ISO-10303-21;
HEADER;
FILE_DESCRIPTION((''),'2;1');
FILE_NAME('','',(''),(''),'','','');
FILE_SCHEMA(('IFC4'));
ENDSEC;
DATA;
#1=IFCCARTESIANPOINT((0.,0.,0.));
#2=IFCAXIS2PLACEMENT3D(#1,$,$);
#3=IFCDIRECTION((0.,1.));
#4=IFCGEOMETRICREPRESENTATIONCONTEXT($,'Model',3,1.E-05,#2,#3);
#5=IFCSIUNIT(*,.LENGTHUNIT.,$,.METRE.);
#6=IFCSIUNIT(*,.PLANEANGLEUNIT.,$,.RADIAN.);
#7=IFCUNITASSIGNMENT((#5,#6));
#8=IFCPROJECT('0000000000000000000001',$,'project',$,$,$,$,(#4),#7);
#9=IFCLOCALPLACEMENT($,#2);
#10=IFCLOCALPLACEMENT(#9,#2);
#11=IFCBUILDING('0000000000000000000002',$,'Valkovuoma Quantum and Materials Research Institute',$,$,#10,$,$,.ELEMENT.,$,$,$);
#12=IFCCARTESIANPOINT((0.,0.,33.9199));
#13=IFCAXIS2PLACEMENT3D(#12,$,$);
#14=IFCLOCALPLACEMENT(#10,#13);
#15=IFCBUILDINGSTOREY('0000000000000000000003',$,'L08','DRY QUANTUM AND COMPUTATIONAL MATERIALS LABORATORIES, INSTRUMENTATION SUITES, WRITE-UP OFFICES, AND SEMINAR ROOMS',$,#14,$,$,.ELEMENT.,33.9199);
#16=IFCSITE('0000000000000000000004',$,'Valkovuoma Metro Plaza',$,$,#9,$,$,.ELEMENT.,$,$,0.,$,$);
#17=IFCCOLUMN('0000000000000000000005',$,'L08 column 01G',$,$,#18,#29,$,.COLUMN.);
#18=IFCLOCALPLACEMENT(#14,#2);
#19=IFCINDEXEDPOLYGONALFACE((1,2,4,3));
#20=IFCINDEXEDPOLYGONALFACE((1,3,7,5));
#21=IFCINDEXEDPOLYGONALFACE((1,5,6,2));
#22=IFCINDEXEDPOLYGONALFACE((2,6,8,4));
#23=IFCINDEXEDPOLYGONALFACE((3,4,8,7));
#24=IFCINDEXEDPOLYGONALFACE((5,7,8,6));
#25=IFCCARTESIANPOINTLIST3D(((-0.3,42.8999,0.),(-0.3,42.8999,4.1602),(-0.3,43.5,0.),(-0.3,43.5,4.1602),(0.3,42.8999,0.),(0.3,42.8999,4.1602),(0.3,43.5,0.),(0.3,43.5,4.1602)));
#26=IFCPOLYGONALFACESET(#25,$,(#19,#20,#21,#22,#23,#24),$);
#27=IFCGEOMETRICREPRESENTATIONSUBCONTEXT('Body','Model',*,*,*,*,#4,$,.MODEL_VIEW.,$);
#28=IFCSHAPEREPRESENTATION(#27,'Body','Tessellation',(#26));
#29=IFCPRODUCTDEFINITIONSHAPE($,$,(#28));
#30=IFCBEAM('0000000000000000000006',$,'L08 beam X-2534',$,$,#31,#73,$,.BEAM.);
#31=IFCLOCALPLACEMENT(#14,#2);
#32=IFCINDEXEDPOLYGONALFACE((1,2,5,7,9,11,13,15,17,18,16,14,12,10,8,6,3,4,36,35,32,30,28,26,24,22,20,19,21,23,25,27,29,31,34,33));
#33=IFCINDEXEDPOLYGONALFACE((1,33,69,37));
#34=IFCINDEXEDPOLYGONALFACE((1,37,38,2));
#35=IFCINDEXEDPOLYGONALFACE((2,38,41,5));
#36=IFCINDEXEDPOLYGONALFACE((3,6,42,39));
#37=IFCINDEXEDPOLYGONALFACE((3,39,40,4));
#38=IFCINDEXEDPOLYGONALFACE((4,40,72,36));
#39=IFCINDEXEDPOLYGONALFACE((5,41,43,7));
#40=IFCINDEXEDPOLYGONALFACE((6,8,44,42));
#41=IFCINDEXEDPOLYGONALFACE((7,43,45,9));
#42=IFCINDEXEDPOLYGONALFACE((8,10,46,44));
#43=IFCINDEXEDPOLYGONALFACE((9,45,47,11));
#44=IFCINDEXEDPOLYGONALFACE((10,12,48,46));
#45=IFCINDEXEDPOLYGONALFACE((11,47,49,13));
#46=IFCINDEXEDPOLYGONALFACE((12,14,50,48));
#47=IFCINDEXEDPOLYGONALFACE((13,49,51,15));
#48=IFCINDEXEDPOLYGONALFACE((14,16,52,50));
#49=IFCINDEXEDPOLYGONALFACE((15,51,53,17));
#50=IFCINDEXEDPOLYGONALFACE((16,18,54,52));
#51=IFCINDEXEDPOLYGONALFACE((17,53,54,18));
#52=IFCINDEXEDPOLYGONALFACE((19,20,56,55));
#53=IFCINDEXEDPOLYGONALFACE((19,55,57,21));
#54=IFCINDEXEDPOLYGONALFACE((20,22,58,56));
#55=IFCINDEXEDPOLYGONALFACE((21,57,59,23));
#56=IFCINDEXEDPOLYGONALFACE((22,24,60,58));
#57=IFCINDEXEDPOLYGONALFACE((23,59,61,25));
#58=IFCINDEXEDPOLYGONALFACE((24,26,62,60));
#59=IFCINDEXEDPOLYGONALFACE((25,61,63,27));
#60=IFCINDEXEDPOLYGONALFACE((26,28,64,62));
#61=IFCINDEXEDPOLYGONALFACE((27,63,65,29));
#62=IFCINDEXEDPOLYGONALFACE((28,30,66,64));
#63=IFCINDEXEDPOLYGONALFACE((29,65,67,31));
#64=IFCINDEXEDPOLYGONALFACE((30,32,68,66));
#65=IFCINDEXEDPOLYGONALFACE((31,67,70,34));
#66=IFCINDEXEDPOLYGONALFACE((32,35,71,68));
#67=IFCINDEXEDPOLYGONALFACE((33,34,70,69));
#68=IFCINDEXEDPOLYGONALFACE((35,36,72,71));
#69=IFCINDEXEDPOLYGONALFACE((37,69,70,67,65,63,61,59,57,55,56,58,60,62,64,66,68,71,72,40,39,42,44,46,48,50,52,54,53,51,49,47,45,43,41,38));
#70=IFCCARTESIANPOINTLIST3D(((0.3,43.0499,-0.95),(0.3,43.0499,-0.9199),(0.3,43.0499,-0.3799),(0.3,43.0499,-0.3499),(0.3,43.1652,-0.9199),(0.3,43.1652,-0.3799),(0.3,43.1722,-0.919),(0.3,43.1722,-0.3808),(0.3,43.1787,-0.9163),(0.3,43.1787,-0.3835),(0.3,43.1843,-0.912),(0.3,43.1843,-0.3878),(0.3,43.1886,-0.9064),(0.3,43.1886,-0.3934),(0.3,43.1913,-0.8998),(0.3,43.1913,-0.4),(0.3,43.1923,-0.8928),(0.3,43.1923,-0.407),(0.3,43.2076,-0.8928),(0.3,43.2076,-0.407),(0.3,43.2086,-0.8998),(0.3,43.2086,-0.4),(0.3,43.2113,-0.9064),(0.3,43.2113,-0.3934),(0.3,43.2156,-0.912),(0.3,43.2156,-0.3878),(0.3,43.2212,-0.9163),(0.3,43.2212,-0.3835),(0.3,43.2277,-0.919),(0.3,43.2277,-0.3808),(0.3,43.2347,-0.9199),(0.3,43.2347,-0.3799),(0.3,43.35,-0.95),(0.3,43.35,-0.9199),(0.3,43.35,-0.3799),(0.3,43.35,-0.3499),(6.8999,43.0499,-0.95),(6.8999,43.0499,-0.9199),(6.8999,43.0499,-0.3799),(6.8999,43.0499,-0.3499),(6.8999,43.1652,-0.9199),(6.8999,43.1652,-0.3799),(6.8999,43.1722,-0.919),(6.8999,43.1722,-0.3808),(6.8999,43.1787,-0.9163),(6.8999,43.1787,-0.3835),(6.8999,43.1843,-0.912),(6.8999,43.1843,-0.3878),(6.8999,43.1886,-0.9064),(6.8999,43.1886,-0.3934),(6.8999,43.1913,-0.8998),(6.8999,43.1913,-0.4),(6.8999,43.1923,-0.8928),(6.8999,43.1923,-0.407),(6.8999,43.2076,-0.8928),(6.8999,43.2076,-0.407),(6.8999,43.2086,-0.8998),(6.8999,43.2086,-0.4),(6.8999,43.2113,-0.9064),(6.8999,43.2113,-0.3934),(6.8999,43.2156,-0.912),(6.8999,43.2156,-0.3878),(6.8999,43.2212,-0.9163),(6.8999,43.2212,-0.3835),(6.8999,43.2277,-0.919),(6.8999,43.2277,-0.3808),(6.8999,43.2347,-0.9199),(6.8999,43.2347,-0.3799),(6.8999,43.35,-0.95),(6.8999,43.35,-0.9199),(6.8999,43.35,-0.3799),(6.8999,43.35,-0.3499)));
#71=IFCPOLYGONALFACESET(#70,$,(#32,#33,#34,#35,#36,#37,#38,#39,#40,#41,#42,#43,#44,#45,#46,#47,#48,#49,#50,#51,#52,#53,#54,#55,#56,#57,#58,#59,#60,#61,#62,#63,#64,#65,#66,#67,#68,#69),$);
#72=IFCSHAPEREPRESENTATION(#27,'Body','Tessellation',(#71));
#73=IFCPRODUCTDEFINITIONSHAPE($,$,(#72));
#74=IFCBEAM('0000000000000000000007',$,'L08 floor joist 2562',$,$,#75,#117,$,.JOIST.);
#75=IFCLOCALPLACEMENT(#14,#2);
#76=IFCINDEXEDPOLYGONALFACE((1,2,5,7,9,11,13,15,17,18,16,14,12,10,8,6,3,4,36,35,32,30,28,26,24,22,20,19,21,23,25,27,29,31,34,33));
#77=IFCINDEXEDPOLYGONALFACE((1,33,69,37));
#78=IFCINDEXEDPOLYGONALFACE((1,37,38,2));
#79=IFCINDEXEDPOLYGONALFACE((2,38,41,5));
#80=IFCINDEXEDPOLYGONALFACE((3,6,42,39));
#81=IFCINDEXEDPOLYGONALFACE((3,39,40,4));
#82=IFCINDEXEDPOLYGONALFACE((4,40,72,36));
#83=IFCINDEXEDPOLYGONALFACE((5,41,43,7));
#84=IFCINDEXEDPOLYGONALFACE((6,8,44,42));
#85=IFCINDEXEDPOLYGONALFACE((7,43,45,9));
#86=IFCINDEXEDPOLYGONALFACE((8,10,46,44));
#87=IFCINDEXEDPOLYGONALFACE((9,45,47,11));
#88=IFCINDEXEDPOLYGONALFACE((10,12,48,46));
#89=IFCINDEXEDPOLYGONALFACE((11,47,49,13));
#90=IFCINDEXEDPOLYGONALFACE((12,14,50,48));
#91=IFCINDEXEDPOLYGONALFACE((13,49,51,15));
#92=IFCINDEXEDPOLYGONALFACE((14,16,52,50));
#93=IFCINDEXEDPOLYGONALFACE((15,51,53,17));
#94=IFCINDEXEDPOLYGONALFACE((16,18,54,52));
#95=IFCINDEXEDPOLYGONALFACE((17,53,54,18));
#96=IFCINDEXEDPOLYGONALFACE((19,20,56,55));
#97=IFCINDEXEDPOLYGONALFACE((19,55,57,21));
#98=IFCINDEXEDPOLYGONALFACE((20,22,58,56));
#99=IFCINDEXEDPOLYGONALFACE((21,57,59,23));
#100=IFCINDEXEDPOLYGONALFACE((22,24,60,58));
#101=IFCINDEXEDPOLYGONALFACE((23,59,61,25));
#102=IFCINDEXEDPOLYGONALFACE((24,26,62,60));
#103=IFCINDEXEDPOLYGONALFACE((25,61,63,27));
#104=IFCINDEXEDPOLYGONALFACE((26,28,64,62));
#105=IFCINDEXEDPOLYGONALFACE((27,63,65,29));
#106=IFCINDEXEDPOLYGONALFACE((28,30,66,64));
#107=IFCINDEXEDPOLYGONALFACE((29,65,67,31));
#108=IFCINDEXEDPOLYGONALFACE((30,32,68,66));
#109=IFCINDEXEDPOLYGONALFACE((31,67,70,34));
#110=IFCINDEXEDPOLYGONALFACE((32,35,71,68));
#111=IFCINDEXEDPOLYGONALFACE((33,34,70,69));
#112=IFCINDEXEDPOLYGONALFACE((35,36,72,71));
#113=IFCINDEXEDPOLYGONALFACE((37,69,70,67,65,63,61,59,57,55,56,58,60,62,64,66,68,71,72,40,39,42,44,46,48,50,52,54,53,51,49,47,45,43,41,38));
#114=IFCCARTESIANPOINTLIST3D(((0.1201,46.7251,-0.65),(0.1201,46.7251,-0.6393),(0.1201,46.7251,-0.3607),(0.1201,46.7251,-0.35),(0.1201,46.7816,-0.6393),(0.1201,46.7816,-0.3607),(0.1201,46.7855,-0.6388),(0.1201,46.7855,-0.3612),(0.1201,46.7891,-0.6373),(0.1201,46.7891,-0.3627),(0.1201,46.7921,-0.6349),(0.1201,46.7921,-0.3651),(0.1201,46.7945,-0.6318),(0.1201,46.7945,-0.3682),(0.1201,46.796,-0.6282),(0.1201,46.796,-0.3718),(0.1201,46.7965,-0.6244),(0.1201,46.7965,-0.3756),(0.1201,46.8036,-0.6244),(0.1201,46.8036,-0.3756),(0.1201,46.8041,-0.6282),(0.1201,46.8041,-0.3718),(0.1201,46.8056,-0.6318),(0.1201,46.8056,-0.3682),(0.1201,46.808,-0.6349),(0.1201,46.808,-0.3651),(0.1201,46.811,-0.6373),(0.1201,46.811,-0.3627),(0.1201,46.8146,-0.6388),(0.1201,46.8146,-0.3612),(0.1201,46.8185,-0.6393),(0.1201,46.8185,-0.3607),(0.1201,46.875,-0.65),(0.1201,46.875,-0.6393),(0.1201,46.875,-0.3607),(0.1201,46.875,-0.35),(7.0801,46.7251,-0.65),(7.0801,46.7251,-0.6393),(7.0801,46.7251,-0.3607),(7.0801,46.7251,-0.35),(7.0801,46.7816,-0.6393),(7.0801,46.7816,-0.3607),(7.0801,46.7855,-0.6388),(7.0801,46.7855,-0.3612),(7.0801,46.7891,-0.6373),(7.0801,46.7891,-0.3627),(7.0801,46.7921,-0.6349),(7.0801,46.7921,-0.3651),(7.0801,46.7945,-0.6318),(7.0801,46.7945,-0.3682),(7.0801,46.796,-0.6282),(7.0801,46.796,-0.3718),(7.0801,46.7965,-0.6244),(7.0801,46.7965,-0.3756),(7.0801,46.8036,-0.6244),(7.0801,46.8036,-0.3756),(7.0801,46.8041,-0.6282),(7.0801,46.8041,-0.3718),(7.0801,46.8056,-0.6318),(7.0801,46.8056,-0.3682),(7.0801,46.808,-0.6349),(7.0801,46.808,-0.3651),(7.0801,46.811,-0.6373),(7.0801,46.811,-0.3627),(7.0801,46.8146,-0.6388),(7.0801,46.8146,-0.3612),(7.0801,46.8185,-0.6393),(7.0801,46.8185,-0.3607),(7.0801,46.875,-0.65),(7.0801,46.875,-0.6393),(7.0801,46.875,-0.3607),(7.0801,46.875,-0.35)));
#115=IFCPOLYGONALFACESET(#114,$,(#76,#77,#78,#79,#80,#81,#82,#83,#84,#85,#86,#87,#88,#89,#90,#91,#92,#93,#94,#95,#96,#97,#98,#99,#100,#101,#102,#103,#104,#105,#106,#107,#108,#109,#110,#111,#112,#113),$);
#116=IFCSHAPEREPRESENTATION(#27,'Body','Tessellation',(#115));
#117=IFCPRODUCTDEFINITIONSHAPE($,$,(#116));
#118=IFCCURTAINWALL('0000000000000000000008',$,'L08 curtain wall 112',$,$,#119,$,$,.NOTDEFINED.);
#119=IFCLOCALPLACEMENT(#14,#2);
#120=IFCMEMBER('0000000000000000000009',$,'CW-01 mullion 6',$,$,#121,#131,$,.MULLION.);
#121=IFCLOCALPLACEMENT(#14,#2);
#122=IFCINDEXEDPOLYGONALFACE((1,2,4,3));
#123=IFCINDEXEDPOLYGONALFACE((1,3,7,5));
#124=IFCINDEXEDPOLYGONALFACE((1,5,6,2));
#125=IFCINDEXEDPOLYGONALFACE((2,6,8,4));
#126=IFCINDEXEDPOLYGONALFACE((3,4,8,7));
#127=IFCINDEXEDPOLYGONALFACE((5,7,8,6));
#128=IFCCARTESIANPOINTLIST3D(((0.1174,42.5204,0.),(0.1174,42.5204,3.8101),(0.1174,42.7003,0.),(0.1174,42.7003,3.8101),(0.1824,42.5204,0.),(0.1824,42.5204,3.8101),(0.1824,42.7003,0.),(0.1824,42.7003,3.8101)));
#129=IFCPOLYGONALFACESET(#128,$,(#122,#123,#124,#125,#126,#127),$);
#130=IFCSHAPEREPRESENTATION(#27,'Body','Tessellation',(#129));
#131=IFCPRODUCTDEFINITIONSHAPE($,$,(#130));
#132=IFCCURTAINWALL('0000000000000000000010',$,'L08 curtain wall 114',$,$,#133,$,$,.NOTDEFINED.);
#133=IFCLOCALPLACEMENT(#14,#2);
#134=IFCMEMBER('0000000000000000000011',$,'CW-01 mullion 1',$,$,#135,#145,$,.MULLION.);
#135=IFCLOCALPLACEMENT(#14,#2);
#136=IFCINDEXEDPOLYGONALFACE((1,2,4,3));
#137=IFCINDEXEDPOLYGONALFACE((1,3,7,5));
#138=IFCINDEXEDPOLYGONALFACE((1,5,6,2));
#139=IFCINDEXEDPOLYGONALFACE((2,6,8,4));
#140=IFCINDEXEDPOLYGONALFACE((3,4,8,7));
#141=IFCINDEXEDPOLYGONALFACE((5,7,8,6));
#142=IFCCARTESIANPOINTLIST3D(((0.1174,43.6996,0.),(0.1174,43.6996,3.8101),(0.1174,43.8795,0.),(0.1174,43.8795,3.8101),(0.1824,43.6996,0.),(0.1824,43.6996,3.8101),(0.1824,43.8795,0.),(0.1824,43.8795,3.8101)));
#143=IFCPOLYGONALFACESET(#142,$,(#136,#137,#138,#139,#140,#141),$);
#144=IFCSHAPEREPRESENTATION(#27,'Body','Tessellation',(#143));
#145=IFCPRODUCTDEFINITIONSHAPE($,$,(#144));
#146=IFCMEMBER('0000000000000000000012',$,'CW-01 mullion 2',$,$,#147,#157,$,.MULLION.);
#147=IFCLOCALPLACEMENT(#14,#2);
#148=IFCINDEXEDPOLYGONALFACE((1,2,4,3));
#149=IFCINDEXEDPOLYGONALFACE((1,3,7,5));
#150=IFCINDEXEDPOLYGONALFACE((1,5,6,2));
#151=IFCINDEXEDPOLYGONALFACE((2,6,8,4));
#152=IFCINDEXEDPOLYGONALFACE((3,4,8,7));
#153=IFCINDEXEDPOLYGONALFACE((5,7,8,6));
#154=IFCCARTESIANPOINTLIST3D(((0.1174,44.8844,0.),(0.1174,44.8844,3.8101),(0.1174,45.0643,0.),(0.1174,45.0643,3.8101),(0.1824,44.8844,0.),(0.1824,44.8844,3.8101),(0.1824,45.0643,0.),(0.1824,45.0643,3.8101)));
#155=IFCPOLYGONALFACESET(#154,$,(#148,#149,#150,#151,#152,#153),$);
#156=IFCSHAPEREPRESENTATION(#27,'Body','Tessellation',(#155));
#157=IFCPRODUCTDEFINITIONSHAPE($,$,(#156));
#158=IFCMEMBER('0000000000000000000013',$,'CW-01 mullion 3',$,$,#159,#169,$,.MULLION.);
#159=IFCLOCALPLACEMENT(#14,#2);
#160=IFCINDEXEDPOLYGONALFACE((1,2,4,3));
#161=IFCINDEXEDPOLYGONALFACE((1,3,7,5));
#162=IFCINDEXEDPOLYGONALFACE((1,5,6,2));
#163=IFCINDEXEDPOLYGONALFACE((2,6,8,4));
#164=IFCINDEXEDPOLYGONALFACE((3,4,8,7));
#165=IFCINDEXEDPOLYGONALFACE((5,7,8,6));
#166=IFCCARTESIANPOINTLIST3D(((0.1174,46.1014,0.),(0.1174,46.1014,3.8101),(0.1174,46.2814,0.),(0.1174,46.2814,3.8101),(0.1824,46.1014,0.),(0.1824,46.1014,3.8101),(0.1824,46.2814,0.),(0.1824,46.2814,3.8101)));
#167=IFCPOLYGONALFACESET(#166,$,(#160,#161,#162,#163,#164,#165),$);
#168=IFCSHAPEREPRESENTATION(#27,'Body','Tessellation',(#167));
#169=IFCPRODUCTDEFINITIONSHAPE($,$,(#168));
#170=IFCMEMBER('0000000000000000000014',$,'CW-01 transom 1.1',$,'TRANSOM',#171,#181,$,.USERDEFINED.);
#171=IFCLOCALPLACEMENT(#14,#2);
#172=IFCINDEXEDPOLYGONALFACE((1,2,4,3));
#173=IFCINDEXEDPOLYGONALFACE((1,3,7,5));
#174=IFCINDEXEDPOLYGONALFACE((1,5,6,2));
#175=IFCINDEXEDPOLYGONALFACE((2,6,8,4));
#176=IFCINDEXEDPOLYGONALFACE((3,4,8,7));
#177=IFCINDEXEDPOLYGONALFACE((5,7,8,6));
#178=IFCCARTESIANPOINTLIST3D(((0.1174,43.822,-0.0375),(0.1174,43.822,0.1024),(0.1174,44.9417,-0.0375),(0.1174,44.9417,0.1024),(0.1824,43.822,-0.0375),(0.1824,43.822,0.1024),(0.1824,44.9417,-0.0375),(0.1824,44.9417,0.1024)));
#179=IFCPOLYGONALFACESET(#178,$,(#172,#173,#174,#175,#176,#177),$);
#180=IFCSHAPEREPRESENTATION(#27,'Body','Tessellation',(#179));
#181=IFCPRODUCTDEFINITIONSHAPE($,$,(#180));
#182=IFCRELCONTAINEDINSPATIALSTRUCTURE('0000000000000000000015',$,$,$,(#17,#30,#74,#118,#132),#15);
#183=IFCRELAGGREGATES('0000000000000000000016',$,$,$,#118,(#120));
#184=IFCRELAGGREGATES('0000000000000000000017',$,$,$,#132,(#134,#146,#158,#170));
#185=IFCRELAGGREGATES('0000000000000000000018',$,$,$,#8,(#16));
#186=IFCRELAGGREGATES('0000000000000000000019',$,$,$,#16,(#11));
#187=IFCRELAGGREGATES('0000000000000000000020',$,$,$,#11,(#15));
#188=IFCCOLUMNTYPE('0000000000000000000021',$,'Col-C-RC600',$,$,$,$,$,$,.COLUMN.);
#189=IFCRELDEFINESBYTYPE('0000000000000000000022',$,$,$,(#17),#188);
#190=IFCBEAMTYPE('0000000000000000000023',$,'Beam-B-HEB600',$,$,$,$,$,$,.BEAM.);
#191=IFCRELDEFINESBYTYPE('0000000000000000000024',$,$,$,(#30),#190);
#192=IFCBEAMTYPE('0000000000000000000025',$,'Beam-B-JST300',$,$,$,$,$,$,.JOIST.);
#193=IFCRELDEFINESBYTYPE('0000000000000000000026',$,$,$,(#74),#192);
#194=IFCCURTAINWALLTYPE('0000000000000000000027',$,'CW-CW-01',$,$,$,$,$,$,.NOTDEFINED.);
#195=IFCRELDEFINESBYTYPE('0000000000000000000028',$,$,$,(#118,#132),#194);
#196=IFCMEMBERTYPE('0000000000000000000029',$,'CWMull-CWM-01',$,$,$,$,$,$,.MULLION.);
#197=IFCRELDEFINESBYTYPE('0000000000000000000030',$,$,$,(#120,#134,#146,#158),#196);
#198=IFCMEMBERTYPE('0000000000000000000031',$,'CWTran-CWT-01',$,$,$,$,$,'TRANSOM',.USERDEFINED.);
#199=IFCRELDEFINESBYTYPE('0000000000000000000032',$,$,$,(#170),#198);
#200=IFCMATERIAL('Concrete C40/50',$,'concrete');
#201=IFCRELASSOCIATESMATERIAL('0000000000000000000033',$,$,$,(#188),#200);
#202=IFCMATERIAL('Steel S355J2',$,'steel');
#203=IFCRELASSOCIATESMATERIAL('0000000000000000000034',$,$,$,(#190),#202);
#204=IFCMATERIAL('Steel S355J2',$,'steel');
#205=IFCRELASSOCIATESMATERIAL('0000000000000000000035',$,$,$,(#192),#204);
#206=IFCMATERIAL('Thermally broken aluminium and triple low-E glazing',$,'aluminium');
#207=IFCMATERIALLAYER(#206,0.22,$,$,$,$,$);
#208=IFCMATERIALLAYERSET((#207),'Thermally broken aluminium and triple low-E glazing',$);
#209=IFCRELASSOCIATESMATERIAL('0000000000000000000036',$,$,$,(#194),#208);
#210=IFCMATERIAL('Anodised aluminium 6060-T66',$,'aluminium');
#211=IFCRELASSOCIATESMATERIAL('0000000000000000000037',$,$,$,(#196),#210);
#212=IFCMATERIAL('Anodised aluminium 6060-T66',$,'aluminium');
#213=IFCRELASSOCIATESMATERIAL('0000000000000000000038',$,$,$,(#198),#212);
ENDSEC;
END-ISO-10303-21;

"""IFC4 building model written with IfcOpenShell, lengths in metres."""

from ifc_helpers import new_model, si_unit, direction, frame, origin, origin_2d, place, context, subcontext, project, spatial, rectangle, i_section, extrude, material, layer, layer_set, material_profile, profile_set, type_object, element, aggregate, save


model = new_model("IFC4")

# Units and contexts
model_context = context("Model", 3, precision=1e-05, world=origin(), true_north=direction((0.0, 1.0)))
body_context = subcontext(model_context, "Body", "Model", "MODEL_VIEW")
ifc_project = project(units=[si_unit("LENGTHUNIT", "METRE"), si_unit("PLANEANGLEUNIT", "RADIAN")], contexts=[model_context])

# Site, building, storey
site_placement = place(None, origin())
site = spatial("IfcSite", under=ifc_project, at=site_placement, Name="Valkovuoma Metro Plaza", CompositionType="ELEMENT", RefElevation=0.0)
building_placement = place(site_placement, origin())
building = spatial("IfcBuilding", under=site, at=building_placement, Name="Valkovuoma Quantum and Materials Research Institute", CompositionType="ELEMENT")
storey_placement = place(building_placement, frame((0.0, 0.0, 33.9199)))
storey = spatial("IfcBuildingStorey", under=building, at=storey_placement, Name="L08", Description="DRY QUANTUM AND COMPUTATIONAL MATERIALS LABORATORIES, INSTRUMENTATION SUITES, WRITE-UP OFFICES, AND SEMINAR ROOMS", CompositionType="ELEMENT", Elevation=33.9199)

# Column
ifc_material_1 = material(Name="Concrete C40/50", Category="concrete")
ifc_material_profile_1 = material_profile(ifc_material_1, rectangle(XDim=0.6001, YDim=0.6001, at=origin_2d()), Name="Concrete C40/50")
ifc_profile_set_1 = profile_set([ifc_material_profile_1], Name="Concrete C40/50")
column_type = type_object("IfcColumnType", Name="Col-C-RC600", PredefinedType="COLUMN", material=ifc_profile_set_1)
column_placement = place(storey_placement, frame((0.0, 43.2, 0.0), z_axis=(0.0, 0.0, 1.0), x_axis=(1.0, 0.0, 0.0)))
element("IfcColumn", 1, at=column_placement, inside=storey, type_object=column_type, Name="L08 column 01G", PredefinedType="COLUMN", context=body_context, shape_type="SweptSolid", body=[
    extrude(rectangle(XDim=0.6001, YDim=0.6001, at=origin_2d()), origin(), (0.0, 0.0, 1.0), 4.1602),
])

# Beams
ifc_material_2 = material(Name="Steel S355J2", Category="steel")
ifc_material_profile_2 = material_profile(ifc_material_2, i_section(OverallWidth=0.3, OverallDepth=0.6001, WebThickness=0.0154, FlangeThickness=0.03, FilletRadius=0.0271, at=origin_2d()), Name="Steel S355J2")
ifc_profile_set_2 = profile_set([ifc_material_profile_2], Name="Steel S355J2")
beam_type_1 = type_object("IfcBeamType", Name="Beam-B-HEB600", PredefinedType="BEAM", material=ifc_profile_set_2)
beam_1_placement = place(storey_placement, frame((0.3, 43.2, -0.6499), z_axis=(1.0, 0.0, 0.0), x_axis=(0.0, 1.0, 0.0)))
element("IfcBeam", 2, at=beam_1_placement, inside=storey, type_object=beam_type_1, Name="L08 beam X-2534", PredefinedType="BEAM", context=body_context, shape_type="SweptSolid", body=[
    extrude(i_section(OverallWidth=0.3, OverallDepth=0.6001, WebThickness=0.0154, FlangeThickness=0.03, FilletRadius=0.0271, at=origin_2d()), origin(), (0.0, 0.0, 1.0), 6.5999),
])
ifc_material_3 = material(Name="Steel S355J2", Category="steel")
ifc_material_profile_3 = material_profile(ifc_material_3, i_section(OverallWidth=0.1499, OverallDepth=0.3, WebThickness=0.0071, FlangeThickness=0.0107, FilletRadius=0.0149, at=origin_2d()), Name="Steel S355J2")
ifc_profile_set_3 = profile_set([ifc_material_profile_3], Name="Steel S355J2")
beam_type_2 = type_object("IfcBeamType", Name="Beam-B-JST300", PredefinedType="JOIST", material=ifc_profile_set_3)
beam_2_placement = place(storey_placement, frame((0.1201, 46.8, -0.5), z_axis=(1.0, 0.0, 0.0), x_axis=(0.0, 1.0, 0.0)))
element("IfcBeam", 3, at=beam_2_placement, inside=storey, type_object=beam_type_2, Name="L08 floor joist 2562", PredefinedType="JOIST", context=body_context, shape_type="SweptSolid", body=[
    extrude(i_section(OverallWidth=0.1499, OverallDepth=0.3, WebThickness=0.0071, FlangeThickness=0.0107, FilletRadius=0.0149, at=origin_2d()), origin(), (0.0, 0.0, 1.0), 6.96),
])

# Curtain wall, member
ifc_material_4 = material(Name="Thermally broken aluminium and triple low-E glazing", Category="aluminium")
ifc_layer_1 = layer(ifc_material_4, 0.22)
ifc_layer_set_1 = layer_set([ifc_layer_1], Name="Thermally broken aluminium and triple low-E glazing")
curtain_wall_type = type_object("IfcCurtainWallType", Name="CW-CW-01", PredefinedType="NOTDEFINED", material=ifc_layer_set_1)
curtain_wall_1_placement = place(storey_placement, origin())
curtain_wall_1 = element("IfcCurtainWall", 4, at=curtain_wall_1_placement, inside=storey, type_object=curtain_wall_type, Name="L08 curtain wall 112", PredefinedType="NOTDEFINED")
ifc_material_5 = material(Name="Anodised aluminium 6060-T66", Category="aluminium")
ifc_material_profile_4 = material_profile(ifc_material_5, rectangle(XDim=0.0649, YDim=0.1799, at=origin_2d()), Name="Anodised aluminium 6060-T66")
ifc_profile_set_4 = profile_set([ifc_material_profile_4], Name="Anodised aluminium 6060-T66")
member_type_1 = type_object("IfcMemberType", Name="CWMull-CWM-01", PredefinedType="MULLION", material=ifc_profile_set_4)
member_1_placement = place(storey_placement, frame((0.1499, 42.6104, 0.0), z_axis=(0.0, 0.0, 1.0), x_axis=(-1.0, 0.0, 0.0)))
member_1 = element("IfcMember", 5, at=member_1_placement, type_object=member_type_1, Name="CW-01 mullion 6", PredefinedType="MULLION", context=body_context, shape_type="SweptSolid", body=[
    extrude(rectangle(XDim=0.0649, YDim=0.1799, at=origin_2d()), origin(), (0.0, 0.0, 1.0), 3.8101),
])
aggregate(curtain_wall_1, [member_1])

# Curtain wall, members
curtain_wall_2_placement = place(storey_placement, origin())
curtain_wall_2 = element("IfcCurtainWall", 6, at=curtain_wall_2_placement, inside=storey, type_object=curtain_wall_type, Name="L08 curtain wall 114", PredefinedType="NOTDEFINED")
member_2_placement = place(storey_placement, frame((0.1499, 43.7896, 0.0), z_axis=(0.0, 0.0, 1.0), x_axis=(-1.0, 0.0, 0.0)))
member_2 = element("IfcMember", 7, at=member_2_placement, type_object=member_type_1, Name="CW-01 mullion 1", PredefinedType="MULLION", context=body_context, shape_type="SweptSolid", body=[
    extrude(rectangle(XDim=0.0649, YDim=0.1799, at=origin_2d()), origin(), (0.0, 0.0, 1.0), 3.8101),
])
member_3_placement = place(storey_placement, frame((0.1499, 44.9744, 0.0), z_axis=(0.0, 0.0, 1.0), x_axis=(-1.0, 0.0, 0.0)))
member_3 = element("IfcMember", 8, at=member_3_placement, type_object=member_type_1, Name="CW-01 mullion 2", PredefinedType="MULLION", context=body_context, shape_type="SweptSolid", body=[
    extrude(rectangle(XDim=0.0649, YDim=0.1799, at=origin_2d()), origin(), (0.0, 0.0, 1.0), 3.8101),
])
member_4_placement = place(storey_placement, frame((0.1499, 46.1914, 0.0), z_axis=(0.0, 0.0, 1.0), x_axis=(-1.0, 0.0, 0.0)))
member_4 = element("IfcMember", 9, at=member_4_placement, type_object=member_type_1, Name="CW-01 mullion 3", PredefinedType="MULLION", context=body_context, shape_type="SweptSolid", body=[
    extrude(rectangle(XDim=0.0649, YDim=0.1799, at=origin_2d()), origin(), (0.0, 0.0, 1.0), 3.8101),
])
ifc_material_6 = material(Name="Anodised aluminium 6060-T66", Category="aluminium")
ifc_material_profile_5 = material_profile(ifc_material_6, rectangle(XDim=0.0649, YDim=0.1399, at=origin_2d()), Name="Anodised aluminium 6060-T66")
ifc_profile_set_5 = profile_set([ifc_material_profile_5], Name="Anodised aluminium 6060-T66")
member_type_2 = type_object("IfcMemberType", Name="CWTran-CWT-01", ElementType="TRANSOM", PredefinedType="USERDEFINED", material=ifc_profile_set_5)
member_5_placement = place(storey_placement, frame((0.1499, 43.822, 0.0325), z_axis=(0.0, 1.0, 0.0), x_axis=(-1.0, 0.0, 0.0)))
member_5 = element("IfcMember", 10, at=member_5_placement, type_object=member_type_2, Name="CW-01 transom 1.1", ObjectType="TRANSOM", PredefinedType="USERDEFINED", context=body_context, shape_type="SweptSolid", body=[
    extrude(rectangle(XDim=0.0649, YDim=0.1399, at=origin_2d()), origin(), (0.0, 0.0, 1.0), 1.1196),
])
aggregate(curtain_wall_2, [member_2, member_3, member_4, member_5])

save(model, "model.ifc")
